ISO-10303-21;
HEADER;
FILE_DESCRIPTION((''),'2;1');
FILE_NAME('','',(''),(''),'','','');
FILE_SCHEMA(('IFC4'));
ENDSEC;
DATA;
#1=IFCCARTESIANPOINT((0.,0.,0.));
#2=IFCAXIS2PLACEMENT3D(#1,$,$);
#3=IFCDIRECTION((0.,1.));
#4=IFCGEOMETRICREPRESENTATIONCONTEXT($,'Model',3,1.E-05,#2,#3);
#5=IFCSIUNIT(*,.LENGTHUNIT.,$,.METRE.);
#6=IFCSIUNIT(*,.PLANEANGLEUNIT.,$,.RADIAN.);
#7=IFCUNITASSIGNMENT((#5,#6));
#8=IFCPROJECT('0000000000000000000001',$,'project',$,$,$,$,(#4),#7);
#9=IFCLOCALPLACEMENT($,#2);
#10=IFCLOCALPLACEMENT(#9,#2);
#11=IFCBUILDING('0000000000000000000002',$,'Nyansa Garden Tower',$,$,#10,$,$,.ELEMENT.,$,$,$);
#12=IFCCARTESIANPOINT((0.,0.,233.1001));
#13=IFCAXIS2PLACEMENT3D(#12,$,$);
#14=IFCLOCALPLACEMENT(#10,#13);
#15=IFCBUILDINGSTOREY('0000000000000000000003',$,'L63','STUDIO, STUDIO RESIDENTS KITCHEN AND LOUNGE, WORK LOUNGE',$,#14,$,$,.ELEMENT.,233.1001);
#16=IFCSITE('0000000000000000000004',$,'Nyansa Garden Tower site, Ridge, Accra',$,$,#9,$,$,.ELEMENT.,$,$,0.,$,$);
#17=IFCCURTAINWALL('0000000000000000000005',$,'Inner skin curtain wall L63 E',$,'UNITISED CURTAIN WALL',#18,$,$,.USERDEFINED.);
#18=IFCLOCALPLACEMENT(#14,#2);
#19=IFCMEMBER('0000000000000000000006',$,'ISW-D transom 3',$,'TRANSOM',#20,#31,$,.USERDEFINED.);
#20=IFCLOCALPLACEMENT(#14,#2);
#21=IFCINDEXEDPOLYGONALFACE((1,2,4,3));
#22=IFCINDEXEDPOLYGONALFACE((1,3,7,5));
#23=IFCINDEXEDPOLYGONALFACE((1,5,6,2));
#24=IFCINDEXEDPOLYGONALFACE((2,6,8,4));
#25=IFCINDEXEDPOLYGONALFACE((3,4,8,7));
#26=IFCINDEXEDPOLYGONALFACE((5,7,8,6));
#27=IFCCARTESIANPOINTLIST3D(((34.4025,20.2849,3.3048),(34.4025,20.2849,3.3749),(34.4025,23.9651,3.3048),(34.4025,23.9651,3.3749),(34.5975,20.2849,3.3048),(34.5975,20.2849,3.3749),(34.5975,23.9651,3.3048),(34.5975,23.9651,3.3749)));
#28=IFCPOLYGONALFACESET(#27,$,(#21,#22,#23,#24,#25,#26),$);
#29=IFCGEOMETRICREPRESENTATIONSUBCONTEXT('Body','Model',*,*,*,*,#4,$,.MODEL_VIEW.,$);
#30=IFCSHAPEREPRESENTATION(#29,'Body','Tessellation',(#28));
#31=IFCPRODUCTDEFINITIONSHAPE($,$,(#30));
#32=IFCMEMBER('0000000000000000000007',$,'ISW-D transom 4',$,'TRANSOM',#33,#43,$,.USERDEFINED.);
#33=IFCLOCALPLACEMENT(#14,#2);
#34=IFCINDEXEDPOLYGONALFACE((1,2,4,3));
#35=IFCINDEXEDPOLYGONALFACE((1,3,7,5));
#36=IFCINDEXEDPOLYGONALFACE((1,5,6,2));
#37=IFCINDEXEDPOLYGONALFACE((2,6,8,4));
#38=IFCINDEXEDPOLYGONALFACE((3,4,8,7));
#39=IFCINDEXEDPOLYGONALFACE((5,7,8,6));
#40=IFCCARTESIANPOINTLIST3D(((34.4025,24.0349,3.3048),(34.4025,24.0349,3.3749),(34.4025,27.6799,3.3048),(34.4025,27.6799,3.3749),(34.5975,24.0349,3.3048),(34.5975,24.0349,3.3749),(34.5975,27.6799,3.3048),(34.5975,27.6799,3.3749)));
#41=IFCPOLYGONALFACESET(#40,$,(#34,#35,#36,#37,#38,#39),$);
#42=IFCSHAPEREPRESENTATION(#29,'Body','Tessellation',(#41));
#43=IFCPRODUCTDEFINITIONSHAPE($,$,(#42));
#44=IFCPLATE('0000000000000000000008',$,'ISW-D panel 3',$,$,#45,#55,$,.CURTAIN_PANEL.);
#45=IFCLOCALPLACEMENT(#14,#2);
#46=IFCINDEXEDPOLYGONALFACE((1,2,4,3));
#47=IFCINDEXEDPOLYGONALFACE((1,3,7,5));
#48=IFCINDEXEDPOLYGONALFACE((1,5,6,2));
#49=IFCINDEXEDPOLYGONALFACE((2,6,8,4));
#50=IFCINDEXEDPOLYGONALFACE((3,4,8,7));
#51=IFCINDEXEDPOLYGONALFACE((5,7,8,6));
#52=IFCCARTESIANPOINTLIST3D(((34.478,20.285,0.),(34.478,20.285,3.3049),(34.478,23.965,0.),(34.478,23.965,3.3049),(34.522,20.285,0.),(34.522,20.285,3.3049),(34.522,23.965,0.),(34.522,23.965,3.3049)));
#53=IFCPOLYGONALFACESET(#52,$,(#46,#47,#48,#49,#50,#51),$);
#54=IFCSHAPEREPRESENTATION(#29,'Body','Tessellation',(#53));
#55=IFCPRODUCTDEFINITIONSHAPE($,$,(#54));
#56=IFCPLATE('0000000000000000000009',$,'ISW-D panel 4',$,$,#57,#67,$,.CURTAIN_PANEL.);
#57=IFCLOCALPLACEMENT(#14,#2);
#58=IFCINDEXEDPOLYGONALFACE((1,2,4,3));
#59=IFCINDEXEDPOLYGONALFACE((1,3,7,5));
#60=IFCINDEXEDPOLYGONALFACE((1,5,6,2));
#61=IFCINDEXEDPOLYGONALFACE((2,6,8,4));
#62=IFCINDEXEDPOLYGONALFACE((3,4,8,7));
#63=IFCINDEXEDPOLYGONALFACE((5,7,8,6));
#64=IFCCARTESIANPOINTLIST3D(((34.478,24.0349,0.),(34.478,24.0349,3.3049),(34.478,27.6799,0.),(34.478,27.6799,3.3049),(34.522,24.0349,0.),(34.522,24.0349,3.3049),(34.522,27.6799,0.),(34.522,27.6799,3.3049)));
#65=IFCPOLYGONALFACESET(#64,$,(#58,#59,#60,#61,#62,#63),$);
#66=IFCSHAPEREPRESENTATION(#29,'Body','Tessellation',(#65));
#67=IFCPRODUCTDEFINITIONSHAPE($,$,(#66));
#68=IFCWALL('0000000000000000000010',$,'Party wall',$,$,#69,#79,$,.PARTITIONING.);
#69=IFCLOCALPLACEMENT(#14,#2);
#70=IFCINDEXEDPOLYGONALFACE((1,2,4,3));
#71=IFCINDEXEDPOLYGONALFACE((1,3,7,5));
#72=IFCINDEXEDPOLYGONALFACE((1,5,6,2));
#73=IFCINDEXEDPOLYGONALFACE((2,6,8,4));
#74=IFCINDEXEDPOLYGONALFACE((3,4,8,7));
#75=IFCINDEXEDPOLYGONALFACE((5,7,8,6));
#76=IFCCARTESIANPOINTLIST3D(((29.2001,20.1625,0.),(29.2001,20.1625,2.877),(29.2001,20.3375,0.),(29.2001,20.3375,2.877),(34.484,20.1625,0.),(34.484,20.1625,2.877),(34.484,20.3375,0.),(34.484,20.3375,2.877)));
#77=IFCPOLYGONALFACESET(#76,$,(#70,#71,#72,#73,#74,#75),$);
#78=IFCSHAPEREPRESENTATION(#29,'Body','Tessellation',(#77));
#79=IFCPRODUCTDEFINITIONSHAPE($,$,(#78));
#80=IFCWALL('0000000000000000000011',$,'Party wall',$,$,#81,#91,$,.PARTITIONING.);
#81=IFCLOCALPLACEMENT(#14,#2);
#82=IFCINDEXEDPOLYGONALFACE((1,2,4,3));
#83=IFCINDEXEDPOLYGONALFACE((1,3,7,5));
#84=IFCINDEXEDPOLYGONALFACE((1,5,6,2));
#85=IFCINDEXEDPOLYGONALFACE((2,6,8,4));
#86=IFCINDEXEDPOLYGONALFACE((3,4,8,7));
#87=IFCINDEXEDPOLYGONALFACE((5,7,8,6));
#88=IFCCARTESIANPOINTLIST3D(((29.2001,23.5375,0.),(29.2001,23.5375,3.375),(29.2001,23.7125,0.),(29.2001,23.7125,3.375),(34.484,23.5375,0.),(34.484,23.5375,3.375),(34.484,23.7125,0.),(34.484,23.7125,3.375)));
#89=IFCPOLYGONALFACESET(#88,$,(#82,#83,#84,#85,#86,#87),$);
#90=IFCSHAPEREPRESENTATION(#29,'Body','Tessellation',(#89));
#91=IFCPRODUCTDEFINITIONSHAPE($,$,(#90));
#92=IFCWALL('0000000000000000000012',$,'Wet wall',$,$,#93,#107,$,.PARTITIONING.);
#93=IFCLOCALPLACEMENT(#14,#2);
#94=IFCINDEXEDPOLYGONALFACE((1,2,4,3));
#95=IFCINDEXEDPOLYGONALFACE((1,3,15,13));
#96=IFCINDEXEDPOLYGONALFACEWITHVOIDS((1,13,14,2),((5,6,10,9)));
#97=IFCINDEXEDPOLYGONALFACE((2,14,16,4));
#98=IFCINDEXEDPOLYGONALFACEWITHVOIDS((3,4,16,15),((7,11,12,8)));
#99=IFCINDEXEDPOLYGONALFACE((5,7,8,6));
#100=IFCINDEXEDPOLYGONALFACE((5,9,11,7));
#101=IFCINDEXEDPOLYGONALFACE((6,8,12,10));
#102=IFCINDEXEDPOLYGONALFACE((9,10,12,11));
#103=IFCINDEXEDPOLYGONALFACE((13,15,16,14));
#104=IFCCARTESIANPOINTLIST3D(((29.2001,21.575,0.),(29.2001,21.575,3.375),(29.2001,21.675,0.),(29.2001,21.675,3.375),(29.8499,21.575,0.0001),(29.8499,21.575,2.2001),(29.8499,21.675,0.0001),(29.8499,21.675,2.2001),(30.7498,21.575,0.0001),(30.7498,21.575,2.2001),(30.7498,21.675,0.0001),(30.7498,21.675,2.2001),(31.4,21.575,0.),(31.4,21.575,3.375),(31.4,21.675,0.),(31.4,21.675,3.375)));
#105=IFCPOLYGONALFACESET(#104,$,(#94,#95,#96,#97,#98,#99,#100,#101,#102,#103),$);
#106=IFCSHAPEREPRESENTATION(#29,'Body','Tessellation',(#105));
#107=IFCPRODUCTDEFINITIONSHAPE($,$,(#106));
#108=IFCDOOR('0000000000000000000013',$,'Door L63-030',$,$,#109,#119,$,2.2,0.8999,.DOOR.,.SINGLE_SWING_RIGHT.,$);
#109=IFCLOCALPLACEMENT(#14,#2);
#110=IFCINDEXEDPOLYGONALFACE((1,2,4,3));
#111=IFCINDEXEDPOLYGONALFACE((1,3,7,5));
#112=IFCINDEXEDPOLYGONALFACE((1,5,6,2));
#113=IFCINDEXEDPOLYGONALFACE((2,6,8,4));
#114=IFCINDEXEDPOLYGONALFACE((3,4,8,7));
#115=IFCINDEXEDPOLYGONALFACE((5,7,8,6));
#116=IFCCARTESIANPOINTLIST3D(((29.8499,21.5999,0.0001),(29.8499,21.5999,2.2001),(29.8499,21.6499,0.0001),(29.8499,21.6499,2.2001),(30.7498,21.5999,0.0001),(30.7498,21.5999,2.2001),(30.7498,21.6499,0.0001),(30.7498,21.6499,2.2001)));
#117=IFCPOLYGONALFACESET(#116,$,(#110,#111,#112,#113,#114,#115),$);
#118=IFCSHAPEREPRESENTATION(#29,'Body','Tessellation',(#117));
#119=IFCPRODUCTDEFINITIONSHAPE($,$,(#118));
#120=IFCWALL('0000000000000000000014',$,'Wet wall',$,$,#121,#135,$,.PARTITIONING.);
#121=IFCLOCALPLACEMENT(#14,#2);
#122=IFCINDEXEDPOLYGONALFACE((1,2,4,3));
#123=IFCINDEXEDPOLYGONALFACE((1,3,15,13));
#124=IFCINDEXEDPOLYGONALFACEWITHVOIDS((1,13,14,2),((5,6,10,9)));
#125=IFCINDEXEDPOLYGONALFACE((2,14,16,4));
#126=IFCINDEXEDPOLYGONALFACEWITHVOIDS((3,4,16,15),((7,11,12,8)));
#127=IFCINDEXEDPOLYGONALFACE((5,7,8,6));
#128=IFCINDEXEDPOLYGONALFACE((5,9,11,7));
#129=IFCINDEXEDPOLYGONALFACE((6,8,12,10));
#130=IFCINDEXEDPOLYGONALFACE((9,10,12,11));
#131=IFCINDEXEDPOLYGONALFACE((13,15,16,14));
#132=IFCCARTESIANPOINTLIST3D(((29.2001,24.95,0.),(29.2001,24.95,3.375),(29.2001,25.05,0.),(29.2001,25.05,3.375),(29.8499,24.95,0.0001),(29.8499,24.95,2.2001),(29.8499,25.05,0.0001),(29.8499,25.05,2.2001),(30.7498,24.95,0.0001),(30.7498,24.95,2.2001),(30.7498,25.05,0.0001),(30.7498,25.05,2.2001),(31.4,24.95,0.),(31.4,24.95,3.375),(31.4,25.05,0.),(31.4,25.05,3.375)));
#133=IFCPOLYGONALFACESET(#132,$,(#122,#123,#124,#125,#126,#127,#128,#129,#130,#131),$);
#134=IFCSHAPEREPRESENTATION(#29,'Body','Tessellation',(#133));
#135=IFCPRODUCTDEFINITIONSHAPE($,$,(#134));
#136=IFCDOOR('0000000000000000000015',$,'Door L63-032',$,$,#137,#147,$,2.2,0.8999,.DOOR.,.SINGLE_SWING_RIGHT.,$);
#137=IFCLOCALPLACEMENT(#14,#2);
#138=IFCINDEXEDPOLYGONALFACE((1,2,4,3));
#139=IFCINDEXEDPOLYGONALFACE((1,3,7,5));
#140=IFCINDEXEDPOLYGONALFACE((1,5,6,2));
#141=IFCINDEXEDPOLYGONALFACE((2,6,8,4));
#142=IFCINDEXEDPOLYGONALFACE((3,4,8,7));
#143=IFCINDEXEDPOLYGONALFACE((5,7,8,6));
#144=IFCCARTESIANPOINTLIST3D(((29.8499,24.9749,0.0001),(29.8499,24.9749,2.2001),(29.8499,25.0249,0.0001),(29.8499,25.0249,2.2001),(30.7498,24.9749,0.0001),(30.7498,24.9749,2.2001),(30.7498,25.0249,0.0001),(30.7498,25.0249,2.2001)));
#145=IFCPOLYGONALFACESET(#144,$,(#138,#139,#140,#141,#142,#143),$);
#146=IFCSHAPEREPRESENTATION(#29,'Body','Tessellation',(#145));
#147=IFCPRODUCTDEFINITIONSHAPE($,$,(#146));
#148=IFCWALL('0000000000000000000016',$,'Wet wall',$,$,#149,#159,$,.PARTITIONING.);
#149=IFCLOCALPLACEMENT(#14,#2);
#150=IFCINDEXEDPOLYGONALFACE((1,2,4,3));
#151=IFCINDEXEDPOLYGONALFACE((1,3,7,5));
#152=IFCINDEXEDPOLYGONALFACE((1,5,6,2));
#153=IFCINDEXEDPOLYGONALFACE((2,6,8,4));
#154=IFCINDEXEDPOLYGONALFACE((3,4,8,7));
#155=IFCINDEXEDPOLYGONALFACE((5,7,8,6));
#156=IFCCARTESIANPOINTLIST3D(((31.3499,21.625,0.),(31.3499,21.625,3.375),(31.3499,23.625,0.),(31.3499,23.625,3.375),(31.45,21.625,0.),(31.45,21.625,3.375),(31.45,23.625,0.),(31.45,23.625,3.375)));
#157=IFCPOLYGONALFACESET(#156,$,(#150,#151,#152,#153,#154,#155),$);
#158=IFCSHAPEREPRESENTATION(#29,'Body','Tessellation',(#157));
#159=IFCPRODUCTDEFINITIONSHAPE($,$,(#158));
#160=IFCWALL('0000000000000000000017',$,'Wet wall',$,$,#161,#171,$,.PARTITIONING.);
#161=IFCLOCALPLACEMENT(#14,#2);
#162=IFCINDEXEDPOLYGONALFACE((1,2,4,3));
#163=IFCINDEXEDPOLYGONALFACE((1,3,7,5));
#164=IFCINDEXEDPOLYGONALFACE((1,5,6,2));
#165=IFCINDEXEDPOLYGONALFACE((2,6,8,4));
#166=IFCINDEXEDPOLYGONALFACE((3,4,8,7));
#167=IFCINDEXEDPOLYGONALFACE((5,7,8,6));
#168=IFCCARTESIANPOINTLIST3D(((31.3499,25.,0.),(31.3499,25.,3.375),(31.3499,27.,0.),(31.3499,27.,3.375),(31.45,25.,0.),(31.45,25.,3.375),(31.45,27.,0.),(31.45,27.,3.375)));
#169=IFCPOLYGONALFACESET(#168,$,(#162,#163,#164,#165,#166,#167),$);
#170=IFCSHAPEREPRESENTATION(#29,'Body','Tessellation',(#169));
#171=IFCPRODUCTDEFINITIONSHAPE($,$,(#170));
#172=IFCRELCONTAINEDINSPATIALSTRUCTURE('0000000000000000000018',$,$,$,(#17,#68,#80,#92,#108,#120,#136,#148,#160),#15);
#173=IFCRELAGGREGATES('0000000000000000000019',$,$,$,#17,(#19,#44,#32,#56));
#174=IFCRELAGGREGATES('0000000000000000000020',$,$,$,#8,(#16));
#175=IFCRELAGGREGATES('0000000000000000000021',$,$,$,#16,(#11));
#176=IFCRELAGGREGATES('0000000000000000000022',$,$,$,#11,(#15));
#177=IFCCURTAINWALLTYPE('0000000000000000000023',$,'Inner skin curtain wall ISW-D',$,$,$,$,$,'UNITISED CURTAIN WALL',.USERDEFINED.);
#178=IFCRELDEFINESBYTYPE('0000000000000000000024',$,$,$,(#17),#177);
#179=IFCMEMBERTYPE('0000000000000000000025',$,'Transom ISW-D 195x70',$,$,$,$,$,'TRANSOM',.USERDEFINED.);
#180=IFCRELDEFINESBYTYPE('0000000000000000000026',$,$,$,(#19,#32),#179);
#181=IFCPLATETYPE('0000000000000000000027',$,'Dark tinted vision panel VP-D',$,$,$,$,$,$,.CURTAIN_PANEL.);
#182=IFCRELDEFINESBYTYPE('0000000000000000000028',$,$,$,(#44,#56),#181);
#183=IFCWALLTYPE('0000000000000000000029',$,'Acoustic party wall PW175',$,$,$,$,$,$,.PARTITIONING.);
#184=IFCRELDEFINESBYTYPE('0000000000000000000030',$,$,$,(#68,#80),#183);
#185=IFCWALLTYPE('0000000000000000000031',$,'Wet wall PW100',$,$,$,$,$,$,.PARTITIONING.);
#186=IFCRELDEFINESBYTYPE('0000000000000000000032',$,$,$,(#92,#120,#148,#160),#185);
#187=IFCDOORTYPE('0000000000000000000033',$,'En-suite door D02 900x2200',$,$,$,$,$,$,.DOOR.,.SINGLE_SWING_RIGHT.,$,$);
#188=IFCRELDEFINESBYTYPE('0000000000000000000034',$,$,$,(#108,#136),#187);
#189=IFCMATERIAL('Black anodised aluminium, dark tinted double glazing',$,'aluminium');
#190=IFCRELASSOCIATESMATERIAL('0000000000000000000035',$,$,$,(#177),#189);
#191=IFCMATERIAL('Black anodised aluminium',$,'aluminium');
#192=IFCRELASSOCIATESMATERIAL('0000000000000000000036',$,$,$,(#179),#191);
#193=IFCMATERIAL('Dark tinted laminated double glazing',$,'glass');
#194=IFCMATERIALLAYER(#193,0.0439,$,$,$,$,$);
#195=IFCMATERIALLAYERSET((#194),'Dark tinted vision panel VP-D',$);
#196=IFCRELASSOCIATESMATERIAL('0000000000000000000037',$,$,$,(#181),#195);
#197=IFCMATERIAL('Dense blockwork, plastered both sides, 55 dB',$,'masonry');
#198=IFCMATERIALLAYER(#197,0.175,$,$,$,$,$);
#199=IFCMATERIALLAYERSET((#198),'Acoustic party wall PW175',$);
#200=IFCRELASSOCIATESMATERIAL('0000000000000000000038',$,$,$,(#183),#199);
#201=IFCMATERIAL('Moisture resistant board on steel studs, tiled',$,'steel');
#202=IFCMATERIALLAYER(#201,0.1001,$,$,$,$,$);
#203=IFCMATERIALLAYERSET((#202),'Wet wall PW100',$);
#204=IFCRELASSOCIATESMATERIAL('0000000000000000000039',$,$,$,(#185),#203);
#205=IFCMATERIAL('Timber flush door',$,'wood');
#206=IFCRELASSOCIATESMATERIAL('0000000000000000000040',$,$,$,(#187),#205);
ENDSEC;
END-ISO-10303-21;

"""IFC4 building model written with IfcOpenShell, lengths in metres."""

from ifc_helpers import new_model, si_unit, direction, frame, frame_2d, origin, origin_2d, place, context, subcontext, project, spatial, rectangle, extrude, material, layer, layer_set, material_profile, profile_set, type_object, element, fill, aggregate, save


model = new_model("IFC4")

# Units and contexts
model_context = context("Model", 3, precision=1e-05, world=origin(), true_north=direction((0.0, 1.0)))
body_context = subcontext(model_context, "Body", "Model", "MODEL_VIEW")
ifc_project = project(units=[si_unit("LENGTHUNIT", "METRE"), si_unit("PLANEANGLEUNIT", "RADIAN")], contexts=[model_context])

# Site, building, storey
site_placement = place(None, origin())
site = spatial("IfcSite", under=ifc_project, at=site_placement, Name="Nyansa Garden Tower site, Ridge, Accra", CompositionType="ELEMENT", RefElevation=0.0)
building_placement = place(site_placement, origin())
building = spatial("IfcBuilding", under=site, at=building_placement, Name="Nyansa Garden Tower", CompositionType="ELEMENT")
storey_placement = place(building_placement, frame((0.0, 0.0, 233.1001)))
storey = spatial("IfcBuildingStorey", under=building, at=storey_placement, Name="L63", Description="STUDIO, STUDIO RESIDENTS KITCHEN AND LOUNGE, WORK LOUNGE", CompositionType="ELEMENT", Elevation=233.1001)

# Curtain wall
ifc_material_1 = material(Name="Black anodised aluminium, dark tinted double glazing", Category="aluminium")
curtain_wall_type = type_object("IfcCurtainWallType", Name="Inner skin curtain wall ISW-D", ElementType="UNITISED CURTAIN WALL", PredefinedType="USERDEFINED", material=ifc_material_1)
curtain_wall_placement = place(storey_placement, origin())
curtain_wall = element("IfcCurtainWall", 1, at=curtain_wall_placement, inside=storey, type_object=curtain_wall_type, Name="Inner skin curtain wall L63 E", ObjectType="UNITISED CURTAIN WALL", PredefinedType="USERDEFINED")

# Members
ifc_material_2 = material(Name="Black anodised aluminium", Category="aluminium")
ifc_material_profile_1 = material_profile(ifc_material_2, rectangle(XDim=0.1951, YDim=0.0701, at=origin_2d()), Name="Transom 195x70")
ifc_profile_set_1 = profile_set([ifc_material_profile_1], Name="Black anodised aluminium")
member_type_1 = type_object("IfcMemberType", Name="Transom ISW-D 195x70", ElementType="TRANSOM", PredefinedType="USERDEFINED", material=ifc_profile_set_1)
member_1_placement = place(storey_placement, frame((34.5, 20.2849, 3.3398), z_axis=(0.0, 1.0, 0.0), x_axis=(-1.0, 0.0, 0.0)))
member_1 = element("IfcMember", 2, at=member_1_placement, type_object=member_type_1, Name="ISW-D transom 3", ObjectType="TRANSOM", PredefinedType="USERDEFINED", context=body_context, shape_type="SweptSolid", body=[
    extrude(rectangle(XDim=0.1951, YDim=0.0701, at=origin_2d()), origin(), (0.0, 0.0, 1.0), 3.6802),
])
member_2_placement = place(storey_placement, frame((34.5, 24.0349, 3.3398), z_axis=(0.0, 1.0, 0.0), x_axis=(-1.0, 0.0, 0.0)))
member_2 = element("IfcMember", 3, at=member_2_placement, type_object=member_type_1, Name="ISW-D transom 4", ObjectType="TRANSOM", PredefinedType="USERDEFINED", context=body_context, shape_type="SweptSolid", body=[
    extrude(rectangle(XDim=0.1951, YDim=0.0701, at=origin_2d()), origin(), (0.0, 0.0, 1.0), 3.645),
])

# Plates
ifc_material_3 = material(Name="Dark tinted laminated double glazing", Category="glass")
ifc_layer_1 = layer(ifc_material_3, 0.0439)
ifc_layer_set_1 = layer_set([ifc_layer_1], Name="Dark tinted vision panel VP-D")
plate_type = type_object("IfcPlateType", Name="Dark tinted vision panel VP-D", PredefinedType="CURTAIN_PANEL", material=ifc_layer_set_1)
plate_1_placement = place(storey_placement, frame((34.5, 22.125, 0.0), z_axis=(0.0, 0.0, 1.0), x_axis=(0.0, 1.0, 0.0)))
plate_1 = element("IfcPlate", 4, at=plate_1_placement, type_object=plate_type, Name="ISW-D panel 3", PredefinedType="CURTAIN_PANEL", context=body_context, shape_type="SweptSolid", body=[
    extrude(rectangle(XDim=3.6799, YDim=0.0439, at=origin_2d()), origin(), (0.0, 0.0, 1.0), 3.3049),
])
plate_2_placement = place(storey_placement, frame((34.5, 25.8574, 0.0), z_axis=(0.0, 0.0, 1.0), x_axis=(0.0, 1.0, 0.0)))
plate_2 = element("IfcPlate", 5, at=plate_2_placement, type_object=plate_type, Name="ISW-D panel 4", PredefinedType="CURTAIN_PANEL", context=body_context, shape_type="SweptSolid", body=[
    extrude(rectangle(XDim=3.645, YDim=0.0439, at=origin_2d()), origin(), (0.0, 0.0, 1.0), 3.3049),
])
aggregate(curtain_wall, [member_1, plate_1, member_2, plate_2])

# Walls
ifc_material_4 = material(Name="Dense blockwork, plastered both sides, 55 dB", Category="masonry")
ifc_layer_2 = layer(ifc_material_4, 0.175)
ifc_layer_set_2 = layer_set([ifc_layer_2], Name="Acoustic party wall PW175")
wall_type_1 = type_object("IfcWallType", Name="Acoustic party wall PW175", PredefinedType="PARTITIONING", material=ifc_layer_set_2)
wall_1_placement = place(storey_placement, frame((29.2, 20.25, 0.0), z_axis=(0.0, 0.0, 1.0), x_axis=(1.0, 0.0, 0.0)))
element("IfcWall", 6, at=wall_1_placement, inside=storey, type_object=wall_type_1, Name="Party wall", PredefinedType="PARTITIONING", context=body_context, shape_type="SweptSolid", body=[
    extrude(rectangle(XDim=5.2839, YDim=0.175, at=frame_2d((2.6421, 0.0))), origin(), (0.0, 0.0, 1.0), 2.877),
])
wall_2_placement = place(storey_placement, frame((29.2, 23.625, 0.0), z_axis=(0.0, 0.0, 1.0), x_axis=(1.0, 0.0, 0.0)))
element("IfcWall", 7, at=wall_2_placement, inside=storey, type_object=wall_type_1, Name="Party wall", PredefinedType="PARTITIONING", context=body_context, shape_type="SweptSolid", body=[
    extrude(rectangle(XDim=5.2839, YDim=0.175, at=frame_2d((2.6421, 0.0))), origin(), (0.0, 0.0, 1.0), 3.375),
])

# Walls, openings, doors
ifc_material_5 = material(Name="Moisture resistant board on steel studs, tiled", Category="steel")
ifc_layer_3 = layer(ifc_material_5, 0.1001)
ifc_layer_set_3 = layer_set([ifc_layer_3], Name="Wet wall PW100")
wall_type_2 = type_object("IfcWallType", Name="Wet wall PW100", PredefinedType="PARTITIONING", material=ifc_layer_set_3)
wall_3_placement = place(storey_placement, frame((29.2, 21.625, 0.0), z_axis=(0.0, 0.0, 1.0), x_axis=(1.0, 0.0, 0.0)))
wall_3 = element("IfcWall", 8, at=wall_3_placement, inside=storey, type_object=wall_type_2, Name="Wet wall", PredefinedType="PARTITIONING", context=body_context, shape_type="SweptSolid", body=[
    extrude(rectangle(XDim=2.2, YDim=0.1001, at=frame_2d((1.1001, 0.0))), origin(), (0.0, 0.0, 1.0), 3.375),
])
opening_1_placement = place(wall_3_placement, frame((0.6499, 0.0, 0.0)))
opening_1 = element("IfcOpeningElement", 9, at=opening_1_placement, cuts=wall_3, PredefinedType="OPENING", context=body_context, shape_type="SweptSolid", body=[
    extrude(rectangle(XDim=0.8999, YDim=2.2, at=frame_2d((0.45, 1.1001))), frame((0.0, 0.0601, 0.0), z_axis=(0.0, -1.0, 0.0), x_axis=(1.0, 0.0, 0.0)), (0.0, 0.0, 1.0), 0.1201),
])
ifc_material_6 = material(Name="Timber flush door", Category="wood")
door_type = type_object("IfcDoorType", Name="En-suite door D02 900x2200", OperationType="SINGLE_SWING_RIGHT", PredefinedType="DOOR", material=ifc_material_6)
door_1_placement = place(opening_1_placement, origin())
door_1 = element("IfcDoor", 10, at=door_1_placement, inside=storey, type_object=door_type, Name="Door L63-030", OperationType="SINGLE_SWING_RIGHT", OverallHeight=2.2, OverallWidth=0.8999, PredefinedType="DOOR", context=body_context, shape_type="SweptSolid", body=[
    extrude(rectangle(XDim=0.8999, YDim=2.2, at=frame_2d((0.45, 1.1001))), frame((0.0, 0.0249, 0.0), z_axis=(0.0, -1.0, 0.0), x_axis=(1.0, 0.0, 0.0)), (0.0, 0.0, 1.0), 0.05),
])
fill(opening_1, door_1)
wall_4_placement = place(storey_placement, frame((29.2, 25.0, 0.0), z_axis=(0.0, 0.0, 1.0), x_axis=(1.0, 0.0, 0.0)))
wall_4 = element("IfcWall", 11, at=wall_4_placement, inside=storey, type_object=wall_type_2, Name="Wet wall", PredefinedType="PARTITIONING", context=body_context, shape_type="SweptSolid", body=[
    extrude(rectangle(XDim=2.2, YDim=0.1001, at=frame_2d((1.1001, 0.0))), origin(), (0.0, 0.0, 1.0), 3.375),
])
opening_2_placement = place(wall_4_placement, frame((0.6499, 0.0, 0.0)))
opening_2 = element("IfcOpeningElement", 12, at=opening_2_placement, cuts=wall_4, PredefinedType="OPENING", context=body_context, shape_type="SweptSolid", body=[
    extrude(rectangle(XDim=0.8999, YDim=2.2, at=frame_2d((0.45, 1.1001))), frame((0.0, 0.0601, 0.0), z_axis=(0.0, -1.0, 0.0), x_axis=(1.0, 0.0, 0.0)), (0.0, 0.0, 1.0), 0.1201),
])
door_2_placement = place(opening_2_placement, origin())
door_2 = element("IfcDoor", 13, at=door_2_placement, inside=storey, type_object=door_type, Name="Door L63-032", OperationType="SINGLE_SWING_RIGHT", OverallHeight=2.2, OverallWidth=0.8999, PredefinedType="DOOR", context=body_context, shape_type="SweptSolid", body=[
    extrude(rectangle(XDim=0.8999, YDim=2.2, at=frame_2d((0.45, 1.1001))), frame((0.0, 0.0249, 0.0), z_axis=(0.0, -1.0, 0.0), x_axis=(1.0, 0.0, 0.0)), (0.0, 0.0, 1.0), 0.05),
])
fill(opening_2, door_2)

# Walls
for number, where, z_axis, x_axis, name in (
    (14, (31.3999, 21.625, 0.0), (0.0, 0.0, 1.0), (0.0, 1.0, 0.0), "Wet wall"),
    (15, (31.3999, 25.0, 0.0), (0.0, 0.0, 1.0), (0.0, 1.0, 0.0), "Wet wall"),
):
    element("IfcWall", number, at=place(storey_placement, frame(where, z_axis=z_axis, x_axis=x_axis)), inside=storey, type_object=wall_type_2, Name=name, PredefinedType="PARTITIONING", context=body_context, shape_type="SweptSolid", body=[
        extrude(rectangle(XDim=2.0, YDim=0.1001, at=frame_2d((1.0, 0.0))), origin(), (0.0, 0.0, 1.0), 3.375),
    ])

save(model, "model.ifc")
